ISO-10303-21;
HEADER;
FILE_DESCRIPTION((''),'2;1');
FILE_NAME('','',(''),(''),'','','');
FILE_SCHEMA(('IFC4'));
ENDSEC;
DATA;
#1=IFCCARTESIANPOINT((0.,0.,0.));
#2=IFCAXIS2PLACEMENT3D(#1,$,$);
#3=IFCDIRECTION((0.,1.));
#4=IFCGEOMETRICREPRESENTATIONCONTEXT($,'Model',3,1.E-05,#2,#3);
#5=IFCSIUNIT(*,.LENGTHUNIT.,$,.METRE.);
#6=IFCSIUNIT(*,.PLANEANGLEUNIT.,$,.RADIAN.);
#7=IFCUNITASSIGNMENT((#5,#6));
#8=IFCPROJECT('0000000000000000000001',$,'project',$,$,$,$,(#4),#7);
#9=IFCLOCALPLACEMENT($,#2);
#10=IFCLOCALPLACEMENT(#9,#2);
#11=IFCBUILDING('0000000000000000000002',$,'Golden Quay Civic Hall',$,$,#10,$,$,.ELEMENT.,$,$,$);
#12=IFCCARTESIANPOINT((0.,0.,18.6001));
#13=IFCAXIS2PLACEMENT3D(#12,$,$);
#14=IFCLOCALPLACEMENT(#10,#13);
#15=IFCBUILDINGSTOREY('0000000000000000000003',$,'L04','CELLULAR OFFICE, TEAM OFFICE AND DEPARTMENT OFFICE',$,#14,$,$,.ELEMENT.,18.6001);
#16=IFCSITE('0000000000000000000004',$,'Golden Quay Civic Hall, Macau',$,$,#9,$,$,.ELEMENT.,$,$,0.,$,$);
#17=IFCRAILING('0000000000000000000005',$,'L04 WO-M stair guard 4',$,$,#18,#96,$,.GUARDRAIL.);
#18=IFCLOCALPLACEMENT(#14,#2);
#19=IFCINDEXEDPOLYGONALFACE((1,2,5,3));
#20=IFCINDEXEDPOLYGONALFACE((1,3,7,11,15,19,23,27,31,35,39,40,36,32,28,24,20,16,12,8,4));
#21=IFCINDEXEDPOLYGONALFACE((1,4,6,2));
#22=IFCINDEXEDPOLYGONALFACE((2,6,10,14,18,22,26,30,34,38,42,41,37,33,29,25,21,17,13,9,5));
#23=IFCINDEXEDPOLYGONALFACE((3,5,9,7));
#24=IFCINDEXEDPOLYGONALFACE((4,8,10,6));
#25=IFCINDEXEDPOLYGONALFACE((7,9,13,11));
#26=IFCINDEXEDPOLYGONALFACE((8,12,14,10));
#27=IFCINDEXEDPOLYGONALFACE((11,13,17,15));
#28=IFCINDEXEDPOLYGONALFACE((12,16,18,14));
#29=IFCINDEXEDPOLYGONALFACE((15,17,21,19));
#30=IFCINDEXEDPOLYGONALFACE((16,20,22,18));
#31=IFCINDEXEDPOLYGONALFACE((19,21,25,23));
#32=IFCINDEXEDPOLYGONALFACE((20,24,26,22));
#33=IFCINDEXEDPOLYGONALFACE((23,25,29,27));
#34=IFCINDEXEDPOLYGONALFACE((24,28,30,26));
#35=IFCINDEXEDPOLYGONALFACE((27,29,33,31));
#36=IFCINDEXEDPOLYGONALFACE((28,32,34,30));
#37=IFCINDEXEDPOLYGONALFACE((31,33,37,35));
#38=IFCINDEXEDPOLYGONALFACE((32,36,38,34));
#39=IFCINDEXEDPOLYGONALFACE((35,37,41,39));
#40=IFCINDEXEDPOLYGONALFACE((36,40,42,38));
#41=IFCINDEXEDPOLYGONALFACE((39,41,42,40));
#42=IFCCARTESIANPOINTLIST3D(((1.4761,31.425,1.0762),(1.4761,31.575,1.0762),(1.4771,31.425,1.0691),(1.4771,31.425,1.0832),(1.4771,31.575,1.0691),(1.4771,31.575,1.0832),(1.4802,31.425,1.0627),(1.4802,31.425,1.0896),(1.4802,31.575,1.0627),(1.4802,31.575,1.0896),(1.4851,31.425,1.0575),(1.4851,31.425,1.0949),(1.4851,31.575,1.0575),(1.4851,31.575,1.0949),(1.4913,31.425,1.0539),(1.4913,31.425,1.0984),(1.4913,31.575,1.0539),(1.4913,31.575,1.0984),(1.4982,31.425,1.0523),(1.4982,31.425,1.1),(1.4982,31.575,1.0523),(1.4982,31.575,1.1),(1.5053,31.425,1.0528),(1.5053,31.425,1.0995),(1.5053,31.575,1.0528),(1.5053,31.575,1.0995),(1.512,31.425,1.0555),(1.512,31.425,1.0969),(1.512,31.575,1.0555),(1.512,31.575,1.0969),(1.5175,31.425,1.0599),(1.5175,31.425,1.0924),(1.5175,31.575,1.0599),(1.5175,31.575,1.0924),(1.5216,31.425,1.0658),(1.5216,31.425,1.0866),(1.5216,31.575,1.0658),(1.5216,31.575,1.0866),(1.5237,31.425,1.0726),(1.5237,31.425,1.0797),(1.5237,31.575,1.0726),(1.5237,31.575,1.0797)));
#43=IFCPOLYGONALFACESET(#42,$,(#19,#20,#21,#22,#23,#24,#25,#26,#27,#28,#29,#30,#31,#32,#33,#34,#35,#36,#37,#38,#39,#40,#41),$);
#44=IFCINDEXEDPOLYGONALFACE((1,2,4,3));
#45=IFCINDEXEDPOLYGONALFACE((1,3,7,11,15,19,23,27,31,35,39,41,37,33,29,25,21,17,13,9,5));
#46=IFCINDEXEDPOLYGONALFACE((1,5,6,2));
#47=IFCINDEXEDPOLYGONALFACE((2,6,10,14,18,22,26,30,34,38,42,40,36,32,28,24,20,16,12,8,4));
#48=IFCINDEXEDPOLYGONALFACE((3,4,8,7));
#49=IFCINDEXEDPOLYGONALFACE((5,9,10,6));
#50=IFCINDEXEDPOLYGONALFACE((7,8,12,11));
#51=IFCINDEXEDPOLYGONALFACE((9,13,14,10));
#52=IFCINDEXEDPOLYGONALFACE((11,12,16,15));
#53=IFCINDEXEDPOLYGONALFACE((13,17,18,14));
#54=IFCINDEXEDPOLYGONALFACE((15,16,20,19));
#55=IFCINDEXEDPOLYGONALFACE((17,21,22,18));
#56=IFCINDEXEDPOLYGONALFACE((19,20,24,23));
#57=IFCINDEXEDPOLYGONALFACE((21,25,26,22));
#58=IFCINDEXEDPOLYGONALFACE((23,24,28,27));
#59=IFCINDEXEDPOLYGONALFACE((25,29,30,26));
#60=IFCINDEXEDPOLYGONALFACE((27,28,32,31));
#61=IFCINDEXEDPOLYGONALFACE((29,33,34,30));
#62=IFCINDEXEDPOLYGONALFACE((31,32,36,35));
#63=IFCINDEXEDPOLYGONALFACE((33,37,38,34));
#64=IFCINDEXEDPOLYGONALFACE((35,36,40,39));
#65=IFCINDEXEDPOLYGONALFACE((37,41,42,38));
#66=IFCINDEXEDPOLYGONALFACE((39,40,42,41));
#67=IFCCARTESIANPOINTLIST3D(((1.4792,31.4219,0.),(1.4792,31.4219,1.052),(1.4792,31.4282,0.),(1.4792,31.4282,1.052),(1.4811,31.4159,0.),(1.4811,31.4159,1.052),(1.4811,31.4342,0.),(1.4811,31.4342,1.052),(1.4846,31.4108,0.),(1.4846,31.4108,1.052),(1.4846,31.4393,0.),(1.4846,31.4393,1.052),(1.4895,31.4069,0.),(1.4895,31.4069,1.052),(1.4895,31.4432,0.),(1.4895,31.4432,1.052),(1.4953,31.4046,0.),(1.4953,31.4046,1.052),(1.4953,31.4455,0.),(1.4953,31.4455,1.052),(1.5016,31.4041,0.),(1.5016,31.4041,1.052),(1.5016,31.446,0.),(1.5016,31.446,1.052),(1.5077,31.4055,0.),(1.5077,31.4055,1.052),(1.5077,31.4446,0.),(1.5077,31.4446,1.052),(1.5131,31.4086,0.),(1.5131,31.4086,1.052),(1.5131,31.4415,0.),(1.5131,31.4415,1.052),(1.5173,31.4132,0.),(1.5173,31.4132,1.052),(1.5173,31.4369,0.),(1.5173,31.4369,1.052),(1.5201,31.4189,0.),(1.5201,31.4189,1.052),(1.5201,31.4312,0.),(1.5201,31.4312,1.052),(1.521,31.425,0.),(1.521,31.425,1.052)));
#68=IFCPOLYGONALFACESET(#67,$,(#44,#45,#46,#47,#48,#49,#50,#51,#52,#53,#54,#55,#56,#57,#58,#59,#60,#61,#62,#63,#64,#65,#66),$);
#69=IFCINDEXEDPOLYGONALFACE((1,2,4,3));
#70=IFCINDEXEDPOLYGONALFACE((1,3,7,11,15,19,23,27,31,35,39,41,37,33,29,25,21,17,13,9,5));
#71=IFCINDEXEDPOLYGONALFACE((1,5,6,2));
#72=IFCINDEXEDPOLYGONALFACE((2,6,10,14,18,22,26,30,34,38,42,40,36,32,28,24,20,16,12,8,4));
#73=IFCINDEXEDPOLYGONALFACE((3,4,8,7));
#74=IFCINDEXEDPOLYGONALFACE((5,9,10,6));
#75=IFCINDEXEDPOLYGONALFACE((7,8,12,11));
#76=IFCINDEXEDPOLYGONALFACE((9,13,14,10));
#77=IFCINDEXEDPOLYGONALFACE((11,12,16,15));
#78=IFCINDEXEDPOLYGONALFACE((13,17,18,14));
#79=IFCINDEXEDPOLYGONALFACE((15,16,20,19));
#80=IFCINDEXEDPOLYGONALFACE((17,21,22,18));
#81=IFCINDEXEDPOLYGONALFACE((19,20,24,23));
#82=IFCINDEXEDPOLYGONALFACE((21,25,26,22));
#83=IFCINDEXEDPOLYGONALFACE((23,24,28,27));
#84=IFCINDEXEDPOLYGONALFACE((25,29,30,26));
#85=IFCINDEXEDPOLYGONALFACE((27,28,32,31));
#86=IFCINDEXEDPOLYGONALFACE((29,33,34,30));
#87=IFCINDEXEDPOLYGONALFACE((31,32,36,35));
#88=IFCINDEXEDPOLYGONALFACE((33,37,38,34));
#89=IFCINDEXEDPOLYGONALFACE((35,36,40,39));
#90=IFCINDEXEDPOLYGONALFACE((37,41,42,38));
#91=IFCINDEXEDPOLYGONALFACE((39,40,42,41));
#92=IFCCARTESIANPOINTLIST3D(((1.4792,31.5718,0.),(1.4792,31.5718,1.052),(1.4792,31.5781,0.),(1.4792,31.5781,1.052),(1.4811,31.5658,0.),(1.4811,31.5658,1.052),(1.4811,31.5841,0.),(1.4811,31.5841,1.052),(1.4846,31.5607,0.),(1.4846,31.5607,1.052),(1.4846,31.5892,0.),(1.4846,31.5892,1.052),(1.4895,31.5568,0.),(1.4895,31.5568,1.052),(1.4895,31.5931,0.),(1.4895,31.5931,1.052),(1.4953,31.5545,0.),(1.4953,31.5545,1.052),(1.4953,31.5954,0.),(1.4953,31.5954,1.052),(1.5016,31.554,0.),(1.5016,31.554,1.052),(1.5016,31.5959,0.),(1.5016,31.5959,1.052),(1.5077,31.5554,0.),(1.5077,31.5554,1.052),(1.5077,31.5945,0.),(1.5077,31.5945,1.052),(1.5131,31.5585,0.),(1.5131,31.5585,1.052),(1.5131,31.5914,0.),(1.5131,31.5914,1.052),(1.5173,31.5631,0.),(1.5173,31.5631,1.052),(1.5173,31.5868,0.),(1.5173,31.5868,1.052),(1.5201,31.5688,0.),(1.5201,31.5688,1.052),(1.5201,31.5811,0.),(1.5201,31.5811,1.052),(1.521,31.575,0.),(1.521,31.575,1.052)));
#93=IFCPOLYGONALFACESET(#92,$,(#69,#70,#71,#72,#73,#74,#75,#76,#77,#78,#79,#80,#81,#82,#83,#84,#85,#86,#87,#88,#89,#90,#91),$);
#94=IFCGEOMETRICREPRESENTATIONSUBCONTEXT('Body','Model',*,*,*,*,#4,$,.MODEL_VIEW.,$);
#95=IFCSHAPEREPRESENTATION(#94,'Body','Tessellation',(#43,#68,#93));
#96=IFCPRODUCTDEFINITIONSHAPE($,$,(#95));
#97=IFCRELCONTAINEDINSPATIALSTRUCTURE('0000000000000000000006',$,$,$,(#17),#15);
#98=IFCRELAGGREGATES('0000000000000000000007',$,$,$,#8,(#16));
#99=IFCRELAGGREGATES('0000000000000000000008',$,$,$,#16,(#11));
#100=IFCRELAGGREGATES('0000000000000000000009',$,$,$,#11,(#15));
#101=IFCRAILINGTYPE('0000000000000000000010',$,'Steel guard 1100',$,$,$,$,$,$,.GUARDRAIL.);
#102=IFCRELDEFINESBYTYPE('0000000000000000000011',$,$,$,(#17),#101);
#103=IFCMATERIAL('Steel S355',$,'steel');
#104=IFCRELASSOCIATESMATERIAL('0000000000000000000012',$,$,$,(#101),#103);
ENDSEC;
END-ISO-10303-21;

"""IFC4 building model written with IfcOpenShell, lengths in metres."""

from ifc_helpers import new_model, si_unit, direction, frame, origin, origin_2d, place, context, subcontext, project, spatial, circle, extrude, material, type_object, element, save


model = new_model("IFC4")

# Units and contexts
model_context = context("Model", 3, precision=1e-05, world=origin(), true_north=direction((0.0, 1.0)))
body_context = subcontext(model_context, "Body", "Model", "MODEL_VIEW")
ifc_project = project(units=[si_unit("LENGTHUNIT", "METRE"), si_unit("PLANEANGLEUNIT", "RADIAN")], contexts=[model_context])

# Site, building, storey
site_placement = place(None, origin())
site = spatial("IfcSite", under=ifc_project, at=site_placement, Name="Golden Quay Civic Hall, Macau", CompositionType="ELEMENT", RefElevation=0.0)
building_placement = place(site_placement, origin())
building = spatial("IfcBuilding", under=site, at=building_placement, Name="Golden Quay Civic Hall", CompositionType="ELEMENT")
storey_placement = place(building_placement, frame((0.0, 0.0, 18.6001)))
storey = spatial("IfcBuildingStorey", under=building, at=storey_placement, Name="L04", Description="CELLULAR OFFICE, TEAM OFFICE AND DEPARTMENT OFFICE", CompositionType="ELEMENT", Elevation=18.6001)

# Railing
ifc_material_1 = material(Name="Steel S355", Category="steel")
railing_type_1 = type_object("IfcRailingType", Name="Steel guard 1100", PredefinedType="GUARDRAIL", material=ifc_material_1)
railing_1_placement = place(storey_placement, frame((1.5, 31.425, 0.0)))
element("IfcRailing", 1, at=railing_1_placement, inside=storey, type_object=railing_type_1, Name="L04 WO-M stair guard 4", PredefinedType="GUARDRAIL", context=body_context, shape_type="SweptSolid", body=[
    extrude(circle(Radius=0.0239, at=origin_2d()), frame((0.0, 0.0, 1.0762), z_axis=(0.0, 1.0, 0.0), x_axis=(-1.0, 0.0, 0.0)), (0.0, 0.0, 1.0), 0.1499),
    extrude(circle(Radius=0.021, at=origin_2d()), origin(), (0.0, 0.0, 1.0), 1.052),
    extrude(circle(Radius=0.021, at=origin_2d()), frame((0.0, 0.1499, 0.0)), (0.0, 0.0, 1.0), 1.052),
])

save(model, "model.ifc")
